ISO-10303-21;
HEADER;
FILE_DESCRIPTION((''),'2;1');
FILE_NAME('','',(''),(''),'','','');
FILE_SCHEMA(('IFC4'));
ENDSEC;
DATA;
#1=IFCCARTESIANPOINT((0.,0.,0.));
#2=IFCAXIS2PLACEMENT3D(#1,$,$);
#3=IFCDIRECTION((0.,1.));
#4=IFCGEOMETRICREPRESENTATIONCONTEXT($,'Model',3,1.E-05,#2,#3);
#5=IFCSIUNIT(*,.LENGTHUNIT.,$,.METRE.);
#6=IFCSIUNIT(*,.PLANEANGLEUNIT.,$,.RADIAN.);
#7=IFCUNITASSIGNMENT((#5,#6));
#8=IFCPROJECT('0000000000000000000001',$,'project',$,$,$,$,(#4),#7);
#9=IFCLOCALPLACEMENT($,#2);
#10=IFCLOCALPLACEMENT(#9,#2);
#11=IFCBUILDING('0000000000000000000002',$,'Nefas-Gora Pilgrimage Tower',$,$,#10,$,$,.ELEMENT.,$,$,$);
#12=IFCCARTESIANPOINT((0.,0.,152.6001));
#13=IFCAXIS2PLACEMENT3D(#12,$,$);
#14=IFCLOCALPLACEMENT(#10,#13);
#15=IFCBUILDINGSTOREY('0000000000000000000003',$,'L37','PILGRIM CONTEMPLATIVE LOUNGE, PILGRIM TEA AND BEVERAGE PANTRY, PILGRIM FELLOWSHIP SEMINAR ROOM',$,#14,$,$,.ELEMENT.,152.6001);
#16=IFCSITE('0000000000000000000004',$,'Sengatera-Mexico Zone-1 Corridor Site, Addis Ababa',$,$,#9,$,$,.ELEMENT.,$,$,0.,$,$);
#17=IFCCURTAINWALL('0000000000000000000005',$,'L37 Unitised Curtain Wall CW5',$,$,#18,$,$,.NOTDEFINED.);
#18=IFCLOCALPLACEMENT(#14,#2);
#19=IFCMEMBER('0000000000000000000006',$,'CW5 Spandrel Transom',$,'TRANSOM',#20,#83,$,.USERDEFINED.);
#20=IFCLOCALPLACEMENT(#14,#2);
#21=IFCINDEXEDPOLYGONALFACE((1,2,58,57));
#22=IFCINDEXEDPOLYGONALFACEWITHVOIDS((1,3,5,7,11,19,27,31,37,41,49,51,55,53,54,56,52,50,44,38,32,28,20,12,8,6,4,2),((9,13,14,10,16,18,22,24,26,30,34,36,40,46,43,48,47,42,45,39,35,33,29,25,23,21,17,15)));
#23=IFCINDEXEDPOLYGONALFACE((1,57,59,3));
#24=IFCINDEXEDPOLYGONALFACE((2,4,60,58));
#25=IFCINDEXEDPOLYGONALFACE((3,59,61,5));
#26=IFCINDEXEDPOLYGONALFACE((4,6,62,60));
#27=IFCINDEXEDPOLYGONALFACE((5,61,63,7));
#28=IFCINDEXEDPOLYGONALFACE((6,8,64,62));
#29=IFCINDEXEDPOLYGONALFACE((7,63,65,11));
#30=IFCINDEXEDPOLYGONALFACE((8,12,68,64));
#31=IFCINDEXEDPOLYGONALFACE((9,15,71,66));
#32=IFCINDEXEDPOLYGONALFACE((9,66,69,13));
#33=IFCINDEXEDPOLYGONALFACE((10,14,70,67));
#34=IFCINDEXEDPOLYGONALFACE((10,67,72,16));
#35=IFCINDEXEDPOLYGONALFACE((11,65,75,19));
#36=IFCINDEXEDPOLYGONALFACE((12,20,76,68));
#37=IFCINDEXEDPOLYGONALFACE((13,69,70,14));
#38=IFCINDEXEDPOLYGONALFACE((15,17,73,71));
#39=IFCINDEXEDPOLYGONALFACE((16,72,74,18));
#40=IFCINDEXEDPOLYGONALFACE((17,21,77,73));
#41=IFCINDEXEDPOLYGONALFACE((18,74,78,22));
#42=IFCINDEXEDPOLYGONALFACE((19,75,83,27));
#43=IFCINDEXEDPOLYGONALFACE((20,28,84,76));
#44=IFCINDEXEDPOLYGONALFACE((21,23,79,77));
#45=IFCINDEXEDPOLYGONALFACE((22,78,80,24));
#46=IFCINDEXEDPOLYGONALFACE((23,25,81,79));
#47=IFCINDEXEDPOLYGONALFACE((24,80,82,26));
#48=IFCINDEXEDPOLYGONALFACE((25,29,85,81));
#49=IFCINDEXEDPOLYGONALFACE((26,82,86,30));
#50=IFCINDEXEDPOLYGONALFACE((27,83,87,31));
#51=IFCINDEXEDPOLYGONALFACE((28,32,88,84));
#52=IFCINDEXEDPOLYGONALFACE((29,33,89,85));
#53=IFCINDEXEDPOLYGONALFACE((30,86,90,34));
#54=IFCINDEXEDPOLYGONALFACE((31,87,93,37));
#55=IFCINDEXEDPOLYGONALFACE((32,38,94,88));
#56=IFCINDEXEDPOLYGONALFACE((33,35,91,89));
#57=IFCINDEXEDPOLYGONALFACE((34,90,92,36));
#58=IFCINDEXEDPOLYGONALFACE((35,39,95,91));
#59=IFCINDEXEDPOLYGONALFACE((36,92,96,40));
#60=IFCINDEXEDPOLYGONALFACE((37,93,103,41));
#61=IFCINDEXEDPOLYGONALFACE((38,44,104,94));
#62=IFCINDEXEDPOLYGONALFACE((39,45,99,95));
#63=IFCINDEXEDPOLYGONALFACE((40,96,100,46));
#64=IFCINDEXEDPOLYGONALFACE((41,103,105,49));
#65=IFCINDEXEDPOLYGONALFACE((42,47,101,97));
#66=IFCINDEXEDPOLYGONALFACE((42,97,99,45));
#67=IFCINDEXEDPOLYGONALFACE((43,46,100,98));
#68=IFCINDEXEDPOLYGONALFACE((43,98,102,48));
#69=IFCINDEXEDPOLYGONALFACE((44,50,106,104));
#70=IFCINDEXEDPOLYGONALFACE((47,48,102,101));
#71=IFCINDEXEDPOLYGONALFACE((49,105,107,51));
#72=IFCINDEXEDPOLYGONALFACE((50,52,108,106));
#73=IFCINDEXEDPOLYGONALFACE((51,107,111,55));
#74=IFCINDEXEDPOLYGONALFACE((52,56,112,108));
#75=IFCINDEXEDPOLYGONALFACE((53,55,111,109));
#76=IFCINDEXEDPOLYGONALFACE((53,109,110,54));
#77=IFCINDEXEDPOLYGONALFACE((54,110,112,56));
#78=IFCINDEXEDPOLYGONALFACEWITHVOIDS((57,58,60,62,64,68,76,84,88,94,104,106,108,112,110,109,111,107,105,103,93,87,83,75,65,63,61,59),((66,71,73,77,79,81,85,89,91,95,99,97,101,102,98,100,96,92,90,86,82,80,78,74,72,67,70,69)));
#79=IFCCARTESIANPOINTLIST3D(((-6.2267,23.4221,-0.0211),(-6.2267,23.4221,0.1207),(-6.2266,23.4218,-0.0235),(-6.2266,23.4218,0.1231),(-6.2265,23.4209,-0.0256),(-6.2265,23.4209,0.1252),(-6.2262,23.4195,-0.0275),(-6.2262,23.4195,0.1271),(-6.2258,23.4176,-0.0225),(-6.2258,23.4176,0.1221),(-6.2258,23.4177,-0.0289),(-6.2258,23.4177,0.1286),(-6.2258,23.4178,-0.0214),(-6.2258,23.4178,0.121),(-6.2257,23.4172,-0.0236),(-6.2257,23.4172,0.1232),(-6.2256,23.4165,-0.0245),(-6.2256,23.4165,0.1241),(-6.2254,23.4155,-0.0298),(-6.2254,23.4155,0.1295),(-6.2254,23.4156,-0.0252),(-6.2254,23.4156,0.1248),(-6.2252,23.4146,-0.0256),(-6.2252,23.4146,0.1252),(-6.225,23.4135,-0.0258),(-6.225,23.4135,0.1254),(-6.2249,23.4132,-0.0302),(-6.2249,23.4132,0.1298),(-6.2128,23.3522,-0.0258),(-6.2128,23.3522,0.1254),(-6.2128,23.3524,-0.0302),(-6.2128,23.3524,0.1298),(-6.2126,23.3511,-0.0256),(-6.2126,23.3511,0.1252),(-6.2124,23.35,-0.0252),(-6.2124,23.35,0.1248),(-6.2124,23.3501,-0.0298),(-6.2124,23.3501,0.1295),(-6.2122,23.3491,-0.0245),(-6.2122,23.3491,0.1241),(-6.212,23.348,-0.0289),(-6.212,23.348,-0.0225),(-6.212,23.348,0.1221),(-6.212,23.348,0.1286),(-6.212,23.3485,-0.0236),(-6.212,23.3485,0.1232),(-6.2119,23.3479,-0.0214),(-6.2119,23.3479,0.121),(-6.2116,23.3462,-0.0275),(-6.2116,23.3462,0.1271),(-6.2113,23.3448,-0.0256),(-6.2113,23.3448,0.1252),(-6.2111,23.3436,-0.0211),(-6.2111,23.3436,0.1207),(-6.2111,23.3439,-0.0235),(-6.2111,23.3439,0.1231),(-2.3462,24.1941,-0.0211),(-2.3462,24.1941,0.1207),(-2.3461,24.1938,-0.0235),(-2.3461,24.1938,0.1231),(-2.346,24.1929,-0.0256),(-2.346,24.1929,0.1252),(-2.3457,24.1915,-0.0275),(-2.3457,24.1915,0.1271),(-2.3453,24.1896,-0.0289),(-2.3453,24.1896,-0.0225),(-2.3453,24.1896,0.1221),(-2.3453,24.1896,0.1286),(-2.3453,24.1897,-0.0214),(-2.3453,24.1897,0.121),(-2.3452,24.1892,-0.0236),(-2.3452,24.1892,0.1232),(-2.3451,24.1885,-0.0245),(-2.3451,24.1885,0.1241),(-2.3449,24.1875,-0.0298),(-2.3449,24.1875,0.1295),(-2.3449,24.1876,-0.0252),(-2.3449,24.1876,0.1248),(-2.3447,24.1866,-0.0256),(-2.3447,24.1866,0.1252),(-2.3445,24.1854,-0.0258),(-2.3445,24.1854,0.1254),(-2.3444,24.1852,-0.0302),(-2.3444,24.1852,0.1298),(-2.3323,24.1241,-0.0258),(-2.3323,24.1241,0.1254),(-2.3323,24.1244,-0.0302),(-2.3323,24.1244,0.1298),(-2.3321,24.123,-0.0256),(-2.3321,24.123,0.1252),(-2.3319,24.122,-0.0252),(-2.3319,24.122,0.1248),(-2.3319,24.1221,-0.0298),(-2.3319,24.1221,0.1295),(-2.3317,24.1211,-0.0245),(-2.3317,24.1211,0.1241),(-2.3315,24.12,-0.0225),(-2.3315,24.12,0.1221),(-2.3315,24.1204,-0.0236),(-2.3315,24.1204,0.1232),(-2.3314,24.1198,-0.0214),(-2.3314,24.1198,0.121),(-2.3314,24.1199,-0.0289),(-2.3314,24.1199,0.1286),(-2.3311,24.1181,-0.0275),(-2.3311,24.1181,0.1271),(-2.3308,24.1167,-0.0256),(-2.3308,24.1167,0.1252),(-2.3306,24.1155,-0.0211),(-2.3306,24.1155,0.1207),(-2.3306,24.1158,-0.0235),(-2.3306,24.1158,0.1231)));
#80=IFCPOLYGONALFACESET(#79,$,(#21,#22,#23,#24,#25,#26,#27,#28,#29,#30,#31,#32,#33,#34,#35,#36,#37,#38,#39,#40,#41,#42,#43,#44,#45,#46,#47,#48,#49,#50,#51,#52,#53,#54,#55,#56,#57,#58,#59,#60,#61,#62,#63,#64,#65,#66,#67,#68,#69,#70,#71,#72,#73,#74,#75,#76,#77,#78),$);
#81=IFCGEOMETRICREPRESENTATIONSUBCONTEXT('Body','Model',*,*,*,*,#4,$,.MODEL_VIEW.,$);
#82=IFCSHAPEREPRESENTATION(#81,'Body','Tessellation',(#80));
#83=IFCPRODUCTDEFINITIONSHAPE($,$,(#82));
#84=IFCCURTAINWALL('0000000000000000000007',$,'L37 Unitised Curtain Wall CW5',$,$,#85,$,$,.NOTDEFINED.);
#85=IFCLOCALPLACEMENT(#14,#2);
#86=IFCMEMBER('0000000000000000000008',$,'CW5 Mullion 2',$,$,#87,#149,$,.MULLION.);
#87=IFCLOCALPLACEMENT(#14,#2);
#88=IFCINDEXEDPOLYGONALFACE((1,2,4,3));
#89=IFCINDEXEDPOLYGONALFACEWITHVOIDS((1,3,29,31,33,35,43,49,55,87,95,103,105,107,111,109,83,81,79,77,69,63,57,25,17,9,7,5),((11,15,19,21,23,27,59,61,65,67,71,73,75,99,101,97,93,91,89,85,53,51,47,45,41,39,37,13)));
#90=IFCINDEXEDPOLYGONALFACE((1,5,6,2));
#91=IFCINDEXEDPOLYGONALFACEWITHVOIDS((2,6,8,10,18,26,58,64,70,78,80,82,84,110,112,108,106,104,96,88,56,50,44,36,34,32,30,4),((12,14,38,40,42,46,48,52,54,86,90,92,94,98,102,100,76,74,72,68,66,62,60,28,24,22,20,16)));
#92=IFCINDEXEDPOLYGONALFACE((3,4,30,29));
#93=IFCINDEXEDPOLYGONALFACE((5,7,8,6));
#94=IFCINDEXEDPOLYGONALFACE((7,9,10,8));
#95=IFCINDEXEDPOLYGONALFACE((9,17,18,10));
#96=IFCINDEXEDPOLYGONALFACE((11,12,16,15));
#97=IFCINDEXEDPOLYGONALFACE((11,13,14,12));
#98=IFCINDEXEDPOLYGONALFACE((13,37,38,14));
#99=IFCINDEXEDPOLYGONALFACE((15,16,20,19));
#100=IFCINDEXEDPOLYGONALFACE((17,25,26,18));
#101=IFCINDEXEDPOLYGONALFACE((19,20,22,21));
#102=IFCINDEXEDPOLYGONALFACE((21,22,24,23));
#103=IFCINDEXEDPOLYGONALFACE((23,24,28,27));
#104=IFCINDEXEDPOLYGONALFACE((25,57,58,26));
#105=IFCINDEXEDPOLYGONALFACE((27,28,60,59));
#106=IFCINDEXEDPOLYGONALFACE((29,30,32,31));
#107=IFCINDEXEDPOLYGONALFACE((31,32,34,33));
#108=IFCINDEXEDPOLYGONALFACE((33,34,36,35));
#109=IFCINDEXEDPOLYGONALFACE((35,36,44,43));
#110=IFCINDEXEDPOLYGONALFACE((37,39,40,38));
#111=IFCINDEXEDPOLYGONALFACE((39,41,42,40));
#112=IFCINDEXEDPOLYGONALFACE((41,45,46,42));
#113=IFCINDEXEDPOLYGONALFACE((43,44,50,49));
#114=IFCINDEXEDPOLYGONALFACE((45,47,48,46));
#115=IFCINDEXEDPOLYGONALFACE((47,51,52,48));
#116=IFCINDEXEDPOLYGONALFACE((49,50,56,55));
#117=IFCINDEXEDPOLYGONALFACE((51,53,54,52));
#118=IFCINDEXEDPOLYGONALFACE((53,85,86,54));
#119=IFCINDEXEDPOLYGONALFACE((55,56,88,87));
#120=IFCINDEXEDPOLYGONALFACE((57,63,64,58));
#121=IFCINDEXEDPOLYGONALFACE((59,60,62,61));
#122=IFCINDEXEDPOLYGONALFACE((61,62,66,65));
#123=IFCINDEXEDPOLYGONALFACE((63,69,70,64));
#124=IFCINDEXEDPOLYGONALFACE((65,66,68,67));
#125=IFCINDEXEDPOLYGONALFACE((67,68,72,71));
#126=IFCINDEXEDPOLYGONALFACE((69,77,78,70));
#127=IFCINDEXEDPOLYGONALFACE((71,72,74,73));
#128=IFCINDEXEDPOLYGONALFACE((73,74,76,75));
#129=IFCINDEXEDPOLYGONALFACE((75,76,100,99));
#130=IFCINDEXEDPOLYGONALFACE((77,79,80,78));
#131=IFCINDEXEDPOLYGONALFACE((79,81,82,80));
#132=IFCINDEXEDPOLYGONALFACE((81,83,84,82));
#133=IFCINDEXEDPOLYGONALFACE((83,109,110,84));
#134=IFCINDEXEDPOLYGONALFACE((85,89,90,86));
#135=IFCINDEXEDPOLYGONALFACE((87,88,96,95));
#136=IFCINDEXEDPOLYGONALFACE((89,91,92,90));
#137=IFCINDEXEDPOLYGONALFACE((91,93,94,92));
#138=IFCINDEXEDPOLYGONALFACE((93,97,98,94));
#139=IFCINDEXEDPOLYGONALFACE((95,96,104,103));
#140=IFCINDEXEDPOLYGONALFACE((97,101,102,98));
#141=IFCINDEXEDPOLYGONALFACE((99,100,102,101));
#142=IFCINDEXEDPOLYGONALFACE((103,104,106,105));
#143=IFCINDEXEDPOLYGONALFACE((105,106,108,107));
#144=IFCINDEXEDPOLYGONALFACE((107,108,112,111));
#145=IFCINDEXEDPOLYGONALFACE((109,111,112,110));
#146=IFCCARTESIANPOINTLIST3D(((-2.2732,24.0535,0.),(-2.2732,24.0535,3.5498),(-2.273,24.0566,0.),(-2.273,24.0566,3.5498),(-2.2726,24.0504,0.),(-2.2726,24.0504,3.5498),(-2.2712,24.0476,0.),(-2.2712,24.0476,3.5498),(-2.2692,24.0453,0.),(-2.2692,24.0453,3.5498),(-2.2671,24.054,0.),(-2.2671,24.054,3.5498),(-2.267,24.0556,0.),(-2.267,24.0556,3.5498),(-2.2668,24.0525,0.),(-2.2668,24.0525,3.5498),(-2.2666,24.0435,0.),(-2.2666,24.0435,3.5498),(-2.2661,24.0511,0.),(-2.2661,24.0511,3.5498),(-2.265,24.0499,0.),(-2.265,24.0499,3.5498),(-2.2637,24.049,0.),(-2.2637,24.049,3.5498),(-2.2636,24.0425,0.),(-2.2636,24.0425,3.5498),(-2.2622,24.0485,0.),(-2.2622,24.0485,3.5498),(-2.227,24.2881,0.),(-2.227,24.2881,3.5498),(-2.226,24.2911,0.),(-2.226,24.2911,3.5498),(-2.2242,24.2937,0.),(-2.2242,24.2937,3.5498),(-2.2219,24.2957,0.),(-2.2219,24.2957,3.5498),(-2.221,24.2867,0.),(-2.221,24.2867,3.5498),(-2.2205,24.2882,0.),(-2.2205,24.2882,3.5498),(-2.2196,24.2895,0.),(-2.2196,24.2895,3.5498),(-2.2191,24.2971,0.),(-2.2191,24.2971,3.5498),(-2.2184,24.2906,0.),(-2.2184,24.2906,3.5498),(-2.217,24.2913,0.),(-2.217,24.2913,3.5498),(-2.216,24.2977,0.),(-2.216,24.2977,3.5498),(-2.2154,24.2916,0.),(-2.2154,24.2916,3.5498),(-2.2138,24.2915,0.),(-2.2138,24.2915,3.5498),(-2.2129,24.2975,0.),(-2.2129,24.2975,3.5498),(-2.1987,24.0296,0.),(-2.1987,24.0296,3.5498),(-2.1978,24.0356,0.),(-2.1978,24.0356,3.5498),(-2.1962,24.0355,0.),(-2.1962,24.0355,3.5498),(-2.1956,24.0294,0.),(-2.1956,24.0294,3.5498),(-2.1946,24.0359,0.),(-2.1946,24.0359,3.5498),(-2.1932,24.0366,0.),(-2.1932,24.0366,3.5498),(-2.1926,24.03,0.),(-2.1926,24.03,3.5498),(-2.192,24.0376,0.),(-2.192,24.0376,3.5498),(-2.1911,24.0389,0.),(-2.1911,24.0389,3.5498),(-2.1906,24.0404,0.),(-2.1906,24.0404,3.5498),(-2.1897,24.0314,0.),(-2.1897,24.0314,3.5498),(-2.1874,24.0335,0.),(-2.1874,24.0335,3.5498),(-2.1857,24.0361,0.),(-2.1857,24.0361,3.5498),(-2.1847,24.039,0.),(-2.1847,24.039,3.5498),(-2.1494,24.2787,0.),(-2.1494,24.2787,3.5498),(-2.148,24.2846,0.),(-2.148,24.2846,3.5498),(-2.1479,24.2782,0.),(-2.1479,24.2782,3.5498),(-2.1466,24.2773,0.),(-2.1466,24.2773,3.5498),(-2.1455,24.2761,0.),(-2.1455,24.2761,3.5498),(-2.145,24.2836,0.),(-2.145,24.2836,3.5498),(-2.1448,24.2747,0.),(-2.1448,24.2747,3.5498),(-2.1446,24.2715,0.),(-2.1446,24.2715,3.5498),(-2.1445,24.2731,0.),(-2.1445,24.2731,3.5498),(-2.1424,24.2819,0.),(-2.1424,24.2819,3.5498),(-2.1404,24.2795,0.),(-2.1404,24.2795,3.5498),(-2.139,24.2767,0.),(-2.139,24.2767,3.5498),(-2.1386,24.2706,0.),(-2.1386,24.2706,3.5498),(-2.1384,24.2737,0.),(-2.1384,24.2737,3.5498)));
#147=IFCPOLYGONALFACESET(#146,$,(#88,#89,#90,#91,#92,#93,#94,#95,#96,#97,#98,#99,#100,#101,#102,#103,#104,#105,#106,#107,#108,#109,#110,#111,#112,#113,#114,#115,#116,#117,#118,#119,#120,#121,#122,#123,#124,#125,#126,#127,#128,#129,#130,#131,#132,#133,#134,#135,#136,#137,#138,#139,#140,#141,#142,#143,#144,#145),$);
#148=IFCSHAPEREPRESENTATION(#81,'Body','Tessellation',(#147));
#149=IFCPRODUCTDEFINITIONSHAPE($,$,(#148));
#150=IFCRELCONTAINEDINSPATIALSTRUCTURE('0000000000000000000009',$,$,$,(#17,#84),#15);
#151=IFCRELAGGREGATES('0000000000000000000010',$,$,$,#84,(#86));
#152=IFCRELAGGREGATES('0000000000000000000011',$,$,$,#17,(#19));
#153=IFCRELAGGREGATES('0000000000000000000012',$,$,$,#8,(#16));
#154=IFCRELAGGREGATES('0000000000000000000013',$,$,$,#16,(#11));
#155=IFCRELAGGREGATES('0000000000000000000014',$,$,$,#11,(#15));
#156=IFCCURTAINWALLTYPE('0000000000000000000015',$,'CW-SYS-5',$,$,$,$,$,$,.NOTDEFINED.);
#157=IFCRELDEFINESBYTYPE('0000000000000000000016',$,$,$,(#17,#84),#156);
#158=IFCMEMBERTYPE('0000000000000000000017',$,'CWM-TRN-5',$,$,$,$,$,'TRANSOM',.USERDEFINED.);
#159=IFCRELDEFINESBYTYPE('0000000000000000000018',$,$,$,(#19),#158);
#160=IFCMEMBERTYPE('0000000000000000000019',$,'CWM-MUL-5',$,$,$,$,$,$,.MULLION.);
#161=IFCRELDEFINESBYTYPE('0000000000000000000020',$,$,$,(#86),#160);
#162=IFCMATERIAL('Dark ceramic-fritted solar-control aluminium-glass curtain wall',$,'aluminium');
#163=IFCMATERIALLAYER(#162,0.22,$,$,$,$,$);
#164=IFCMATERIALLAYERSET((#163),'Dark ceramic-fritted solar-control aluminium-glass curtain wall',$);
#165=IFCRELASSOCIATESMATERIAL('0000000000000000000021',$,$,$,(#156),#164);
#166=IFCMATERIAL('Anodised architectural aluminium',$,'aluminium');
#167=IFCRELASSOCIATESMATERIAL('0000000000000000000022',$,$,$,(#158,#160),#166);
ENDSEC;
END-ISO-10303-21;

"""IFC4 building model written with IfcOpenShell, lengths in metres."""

from ifc_helpers import new_model, si_unit, direction, frame, origin, origin_2d, place, context, subcontext, project, spatial, hollow_rectangle, extrude, source, transform, mapped, material, layer, layer_set, material_profile, profile_set, type_object, element, aggregate, save


model = new_model("IFC4")

# Units and contexts
model_context = context("Model", 3, precision=1e-05, world=origin(), true_north=direction((0.0, 1.0)))
body_context = subcontext(model_context, "Body", "Model", "MODEL_VIEW")
ifc_project = project(units=[si_unit("LENGTHUNIT", "METRE"), si_unit("PLANEANGLEUNIT", "RADIAN")], contexts=[model_context])

# Site, building, storey
site_placement = place(None, origin())
site = spatial("IfcSite", under=ifc_project, at=site_placement, Name="Sengatera-Mexico Zone-1 Corridor Site, Addis Ababa", CompositionType="ELEMENT", RefElevation=0.0)
building_placement = place(site_placement, origin())
building = spatial("IfcBuilding", under=site, at=building_placement, Name="Nefas-Gora Pilgrimage Tower", CompositionType="ELEMENT")
storey_placement = place(building_placement, frame((0.0, 0.0, 152.6001)))
storey = spatial("IfcBuildingStorey", under=building, at=storey_placement, Name="L37", Description="PILGRIM CONTEMPLATIVE LOUNGE, PILGRIM TEA AND BEVERAGE PANTRY, PILGRIM FELLOWSHIP SEMINAR ROOM", CompositionType="ELEMENT", Elevation=152.6001)

# Curtain walls, members
ifc_material_1 = material(Name="Dark ceramic-fritted solar-control aluminium-glass curtain wall", Category="aluminium")
ifc_layer_1 = layer(ifc_material_1, 0.22)
ifc_layer_set_1 = layer_set([ifc_layer_1], Name="Dark ceramic-fritted solar-control aluminium-glass curtain wall")
curtain_wall_type = type_object("IfcCurtainWallType", Name="CW-SYS-5", PredefinedType="NOTDEFINED", material=ifc_layer_set_1)
ifc_material_2 = material(Name="Anodised architectural aluminium", Category="aluminium")
ifc_material_profile_1 = material_profile(ifc_material_2, hollow_rectangle(XDim=0.0801, YDim=0.1599, WallThickness=0.0044, InnerFilletRadius=0.0044, OuterFilletRadius=0.009, at=origin_2d()), Name="ALU TRANSOM 80x160")
ifc_profile_set_1 = profile_set([ifc_material_profile_1], Name="Anodised architectural aluminium")
member_type_1 = type_object("IfcMemberType", Name="CWM-TRN-5", ElementType="TRANSOM", PredefinedType="USERDEFINED", material=ifc_profile_set_1)
curtain_wall_1_placement = place(storey_placement, origin())
curtain_wall_1 = element("IfcCurtainWall", 1, at=curtain_wall_1_placement, inside=storey, type_object=curtain_wall_type, Name="L37 Unitised Curtain Wall CW5", PredefinedType="NOTDEFINED")
shared_shape_1 = source(origin(), body_context, "Body", "SweptSolid", [
    extrude(hollow_rectangle(XDim=0.0801, YDim=0.1599, WallThickness=0.0044, InnerFilletRadius=0.0044, OuterFilletRadius=0.009, at=origin_2d()), origin(), (0.0, 0.0, 1.0), 3.9565),
])
member_1_placement = place(storey_placement, frame((-2.3384, 24.1548, 0.0498), z_axis=(-0.980782, -0.195107, 0.0), x_axis=(0.195107, -0.980782, 0.0)))
member_1 = element("IfcMember", 2, at=member_1_placement, type_object=member_type_1, Name="CW5 Spandrel Transom", ObjectType="TRANSOM", PredefinedType="USERDEFINED", context=body_context, shape_type="MappedRepresentation", body=[
    mapped(shared_shape_1, transform((0.0, 0.0, 0.0), x_axis=(1.0, 0.0, 0.0), y_axis=(0.0, 1.0, 0.0), z_axis=(0.0, 0.0, 1.0), scale=1.0)),
])
curtain_wall_2_placement = place(storey_placement, origin())
curtain_wall_2 = element("IfcCurtainWall", 3, at=curtain_wall_2_placement, inside=storey, type_object=curtain_wall_type, Name="L37 Unitised Curtain Wall CW5", PredefinedType="NOTDEFINED")
ifc_material_profile_2 = material_profile(ifc_material_2, hollow_rectangle(XDim=0.0901, YDim=0.26, WallThickness=0.0061, InnerFilletRadius=0.0061, OuterFilletRadius=0.012, at=origin_2d()), Name="ALU MULLION 90x260")
ifc_profile_set_2 = profile_set([ifc_material_profile_2], Name="Anodised architectural aluminium")
member_type_2 = type_object("IfcMemberType", Name="CWM-MUL-5", PredefinedType="MULLION", material=ifc_profile_set_2)
shared_shape_2 = source(origin(), body_context, "Body", "SweptSolid", [
    extrude(hollow_rectangle(XDim=0.0901, YDim=0.26, WallThickness=0.0061, InnerFilletRadius=0.0061, OuterFilletRadius=0.012, at=origin_2d()), origin(), (0.0, 0.0, 1.0), 3.5498),
])
member_2_placement = place(storey_placement, frame((-2.2058, 24.1636, 0.0), z_axis=(0.0, 0.0, 1.0), x_axis=(-0.980783, 0.195102, 0.0)))
member_2 = element("IfcMember", 4, at=member_2_placement, type_object=member_type_2, Name="CW5 Mullion 2", PredefinedType="MULLION", context=body_context, shape_type="MappedRepresentation", body=[
    mapped(shared_shape_2, transform((0.0, 0.0, 0.0), x_axis=(1.0, 0.0, 0.0), y_axis=(0.0, 1.0, 0.0), z_axis=(0.0, 0.0, 1.0), scale=1.0)),
])
aggregate(curtain_wall_2, [member_2])

aggregate(curtain_wall_1, [member_1])

save(model, "model.ifc")
